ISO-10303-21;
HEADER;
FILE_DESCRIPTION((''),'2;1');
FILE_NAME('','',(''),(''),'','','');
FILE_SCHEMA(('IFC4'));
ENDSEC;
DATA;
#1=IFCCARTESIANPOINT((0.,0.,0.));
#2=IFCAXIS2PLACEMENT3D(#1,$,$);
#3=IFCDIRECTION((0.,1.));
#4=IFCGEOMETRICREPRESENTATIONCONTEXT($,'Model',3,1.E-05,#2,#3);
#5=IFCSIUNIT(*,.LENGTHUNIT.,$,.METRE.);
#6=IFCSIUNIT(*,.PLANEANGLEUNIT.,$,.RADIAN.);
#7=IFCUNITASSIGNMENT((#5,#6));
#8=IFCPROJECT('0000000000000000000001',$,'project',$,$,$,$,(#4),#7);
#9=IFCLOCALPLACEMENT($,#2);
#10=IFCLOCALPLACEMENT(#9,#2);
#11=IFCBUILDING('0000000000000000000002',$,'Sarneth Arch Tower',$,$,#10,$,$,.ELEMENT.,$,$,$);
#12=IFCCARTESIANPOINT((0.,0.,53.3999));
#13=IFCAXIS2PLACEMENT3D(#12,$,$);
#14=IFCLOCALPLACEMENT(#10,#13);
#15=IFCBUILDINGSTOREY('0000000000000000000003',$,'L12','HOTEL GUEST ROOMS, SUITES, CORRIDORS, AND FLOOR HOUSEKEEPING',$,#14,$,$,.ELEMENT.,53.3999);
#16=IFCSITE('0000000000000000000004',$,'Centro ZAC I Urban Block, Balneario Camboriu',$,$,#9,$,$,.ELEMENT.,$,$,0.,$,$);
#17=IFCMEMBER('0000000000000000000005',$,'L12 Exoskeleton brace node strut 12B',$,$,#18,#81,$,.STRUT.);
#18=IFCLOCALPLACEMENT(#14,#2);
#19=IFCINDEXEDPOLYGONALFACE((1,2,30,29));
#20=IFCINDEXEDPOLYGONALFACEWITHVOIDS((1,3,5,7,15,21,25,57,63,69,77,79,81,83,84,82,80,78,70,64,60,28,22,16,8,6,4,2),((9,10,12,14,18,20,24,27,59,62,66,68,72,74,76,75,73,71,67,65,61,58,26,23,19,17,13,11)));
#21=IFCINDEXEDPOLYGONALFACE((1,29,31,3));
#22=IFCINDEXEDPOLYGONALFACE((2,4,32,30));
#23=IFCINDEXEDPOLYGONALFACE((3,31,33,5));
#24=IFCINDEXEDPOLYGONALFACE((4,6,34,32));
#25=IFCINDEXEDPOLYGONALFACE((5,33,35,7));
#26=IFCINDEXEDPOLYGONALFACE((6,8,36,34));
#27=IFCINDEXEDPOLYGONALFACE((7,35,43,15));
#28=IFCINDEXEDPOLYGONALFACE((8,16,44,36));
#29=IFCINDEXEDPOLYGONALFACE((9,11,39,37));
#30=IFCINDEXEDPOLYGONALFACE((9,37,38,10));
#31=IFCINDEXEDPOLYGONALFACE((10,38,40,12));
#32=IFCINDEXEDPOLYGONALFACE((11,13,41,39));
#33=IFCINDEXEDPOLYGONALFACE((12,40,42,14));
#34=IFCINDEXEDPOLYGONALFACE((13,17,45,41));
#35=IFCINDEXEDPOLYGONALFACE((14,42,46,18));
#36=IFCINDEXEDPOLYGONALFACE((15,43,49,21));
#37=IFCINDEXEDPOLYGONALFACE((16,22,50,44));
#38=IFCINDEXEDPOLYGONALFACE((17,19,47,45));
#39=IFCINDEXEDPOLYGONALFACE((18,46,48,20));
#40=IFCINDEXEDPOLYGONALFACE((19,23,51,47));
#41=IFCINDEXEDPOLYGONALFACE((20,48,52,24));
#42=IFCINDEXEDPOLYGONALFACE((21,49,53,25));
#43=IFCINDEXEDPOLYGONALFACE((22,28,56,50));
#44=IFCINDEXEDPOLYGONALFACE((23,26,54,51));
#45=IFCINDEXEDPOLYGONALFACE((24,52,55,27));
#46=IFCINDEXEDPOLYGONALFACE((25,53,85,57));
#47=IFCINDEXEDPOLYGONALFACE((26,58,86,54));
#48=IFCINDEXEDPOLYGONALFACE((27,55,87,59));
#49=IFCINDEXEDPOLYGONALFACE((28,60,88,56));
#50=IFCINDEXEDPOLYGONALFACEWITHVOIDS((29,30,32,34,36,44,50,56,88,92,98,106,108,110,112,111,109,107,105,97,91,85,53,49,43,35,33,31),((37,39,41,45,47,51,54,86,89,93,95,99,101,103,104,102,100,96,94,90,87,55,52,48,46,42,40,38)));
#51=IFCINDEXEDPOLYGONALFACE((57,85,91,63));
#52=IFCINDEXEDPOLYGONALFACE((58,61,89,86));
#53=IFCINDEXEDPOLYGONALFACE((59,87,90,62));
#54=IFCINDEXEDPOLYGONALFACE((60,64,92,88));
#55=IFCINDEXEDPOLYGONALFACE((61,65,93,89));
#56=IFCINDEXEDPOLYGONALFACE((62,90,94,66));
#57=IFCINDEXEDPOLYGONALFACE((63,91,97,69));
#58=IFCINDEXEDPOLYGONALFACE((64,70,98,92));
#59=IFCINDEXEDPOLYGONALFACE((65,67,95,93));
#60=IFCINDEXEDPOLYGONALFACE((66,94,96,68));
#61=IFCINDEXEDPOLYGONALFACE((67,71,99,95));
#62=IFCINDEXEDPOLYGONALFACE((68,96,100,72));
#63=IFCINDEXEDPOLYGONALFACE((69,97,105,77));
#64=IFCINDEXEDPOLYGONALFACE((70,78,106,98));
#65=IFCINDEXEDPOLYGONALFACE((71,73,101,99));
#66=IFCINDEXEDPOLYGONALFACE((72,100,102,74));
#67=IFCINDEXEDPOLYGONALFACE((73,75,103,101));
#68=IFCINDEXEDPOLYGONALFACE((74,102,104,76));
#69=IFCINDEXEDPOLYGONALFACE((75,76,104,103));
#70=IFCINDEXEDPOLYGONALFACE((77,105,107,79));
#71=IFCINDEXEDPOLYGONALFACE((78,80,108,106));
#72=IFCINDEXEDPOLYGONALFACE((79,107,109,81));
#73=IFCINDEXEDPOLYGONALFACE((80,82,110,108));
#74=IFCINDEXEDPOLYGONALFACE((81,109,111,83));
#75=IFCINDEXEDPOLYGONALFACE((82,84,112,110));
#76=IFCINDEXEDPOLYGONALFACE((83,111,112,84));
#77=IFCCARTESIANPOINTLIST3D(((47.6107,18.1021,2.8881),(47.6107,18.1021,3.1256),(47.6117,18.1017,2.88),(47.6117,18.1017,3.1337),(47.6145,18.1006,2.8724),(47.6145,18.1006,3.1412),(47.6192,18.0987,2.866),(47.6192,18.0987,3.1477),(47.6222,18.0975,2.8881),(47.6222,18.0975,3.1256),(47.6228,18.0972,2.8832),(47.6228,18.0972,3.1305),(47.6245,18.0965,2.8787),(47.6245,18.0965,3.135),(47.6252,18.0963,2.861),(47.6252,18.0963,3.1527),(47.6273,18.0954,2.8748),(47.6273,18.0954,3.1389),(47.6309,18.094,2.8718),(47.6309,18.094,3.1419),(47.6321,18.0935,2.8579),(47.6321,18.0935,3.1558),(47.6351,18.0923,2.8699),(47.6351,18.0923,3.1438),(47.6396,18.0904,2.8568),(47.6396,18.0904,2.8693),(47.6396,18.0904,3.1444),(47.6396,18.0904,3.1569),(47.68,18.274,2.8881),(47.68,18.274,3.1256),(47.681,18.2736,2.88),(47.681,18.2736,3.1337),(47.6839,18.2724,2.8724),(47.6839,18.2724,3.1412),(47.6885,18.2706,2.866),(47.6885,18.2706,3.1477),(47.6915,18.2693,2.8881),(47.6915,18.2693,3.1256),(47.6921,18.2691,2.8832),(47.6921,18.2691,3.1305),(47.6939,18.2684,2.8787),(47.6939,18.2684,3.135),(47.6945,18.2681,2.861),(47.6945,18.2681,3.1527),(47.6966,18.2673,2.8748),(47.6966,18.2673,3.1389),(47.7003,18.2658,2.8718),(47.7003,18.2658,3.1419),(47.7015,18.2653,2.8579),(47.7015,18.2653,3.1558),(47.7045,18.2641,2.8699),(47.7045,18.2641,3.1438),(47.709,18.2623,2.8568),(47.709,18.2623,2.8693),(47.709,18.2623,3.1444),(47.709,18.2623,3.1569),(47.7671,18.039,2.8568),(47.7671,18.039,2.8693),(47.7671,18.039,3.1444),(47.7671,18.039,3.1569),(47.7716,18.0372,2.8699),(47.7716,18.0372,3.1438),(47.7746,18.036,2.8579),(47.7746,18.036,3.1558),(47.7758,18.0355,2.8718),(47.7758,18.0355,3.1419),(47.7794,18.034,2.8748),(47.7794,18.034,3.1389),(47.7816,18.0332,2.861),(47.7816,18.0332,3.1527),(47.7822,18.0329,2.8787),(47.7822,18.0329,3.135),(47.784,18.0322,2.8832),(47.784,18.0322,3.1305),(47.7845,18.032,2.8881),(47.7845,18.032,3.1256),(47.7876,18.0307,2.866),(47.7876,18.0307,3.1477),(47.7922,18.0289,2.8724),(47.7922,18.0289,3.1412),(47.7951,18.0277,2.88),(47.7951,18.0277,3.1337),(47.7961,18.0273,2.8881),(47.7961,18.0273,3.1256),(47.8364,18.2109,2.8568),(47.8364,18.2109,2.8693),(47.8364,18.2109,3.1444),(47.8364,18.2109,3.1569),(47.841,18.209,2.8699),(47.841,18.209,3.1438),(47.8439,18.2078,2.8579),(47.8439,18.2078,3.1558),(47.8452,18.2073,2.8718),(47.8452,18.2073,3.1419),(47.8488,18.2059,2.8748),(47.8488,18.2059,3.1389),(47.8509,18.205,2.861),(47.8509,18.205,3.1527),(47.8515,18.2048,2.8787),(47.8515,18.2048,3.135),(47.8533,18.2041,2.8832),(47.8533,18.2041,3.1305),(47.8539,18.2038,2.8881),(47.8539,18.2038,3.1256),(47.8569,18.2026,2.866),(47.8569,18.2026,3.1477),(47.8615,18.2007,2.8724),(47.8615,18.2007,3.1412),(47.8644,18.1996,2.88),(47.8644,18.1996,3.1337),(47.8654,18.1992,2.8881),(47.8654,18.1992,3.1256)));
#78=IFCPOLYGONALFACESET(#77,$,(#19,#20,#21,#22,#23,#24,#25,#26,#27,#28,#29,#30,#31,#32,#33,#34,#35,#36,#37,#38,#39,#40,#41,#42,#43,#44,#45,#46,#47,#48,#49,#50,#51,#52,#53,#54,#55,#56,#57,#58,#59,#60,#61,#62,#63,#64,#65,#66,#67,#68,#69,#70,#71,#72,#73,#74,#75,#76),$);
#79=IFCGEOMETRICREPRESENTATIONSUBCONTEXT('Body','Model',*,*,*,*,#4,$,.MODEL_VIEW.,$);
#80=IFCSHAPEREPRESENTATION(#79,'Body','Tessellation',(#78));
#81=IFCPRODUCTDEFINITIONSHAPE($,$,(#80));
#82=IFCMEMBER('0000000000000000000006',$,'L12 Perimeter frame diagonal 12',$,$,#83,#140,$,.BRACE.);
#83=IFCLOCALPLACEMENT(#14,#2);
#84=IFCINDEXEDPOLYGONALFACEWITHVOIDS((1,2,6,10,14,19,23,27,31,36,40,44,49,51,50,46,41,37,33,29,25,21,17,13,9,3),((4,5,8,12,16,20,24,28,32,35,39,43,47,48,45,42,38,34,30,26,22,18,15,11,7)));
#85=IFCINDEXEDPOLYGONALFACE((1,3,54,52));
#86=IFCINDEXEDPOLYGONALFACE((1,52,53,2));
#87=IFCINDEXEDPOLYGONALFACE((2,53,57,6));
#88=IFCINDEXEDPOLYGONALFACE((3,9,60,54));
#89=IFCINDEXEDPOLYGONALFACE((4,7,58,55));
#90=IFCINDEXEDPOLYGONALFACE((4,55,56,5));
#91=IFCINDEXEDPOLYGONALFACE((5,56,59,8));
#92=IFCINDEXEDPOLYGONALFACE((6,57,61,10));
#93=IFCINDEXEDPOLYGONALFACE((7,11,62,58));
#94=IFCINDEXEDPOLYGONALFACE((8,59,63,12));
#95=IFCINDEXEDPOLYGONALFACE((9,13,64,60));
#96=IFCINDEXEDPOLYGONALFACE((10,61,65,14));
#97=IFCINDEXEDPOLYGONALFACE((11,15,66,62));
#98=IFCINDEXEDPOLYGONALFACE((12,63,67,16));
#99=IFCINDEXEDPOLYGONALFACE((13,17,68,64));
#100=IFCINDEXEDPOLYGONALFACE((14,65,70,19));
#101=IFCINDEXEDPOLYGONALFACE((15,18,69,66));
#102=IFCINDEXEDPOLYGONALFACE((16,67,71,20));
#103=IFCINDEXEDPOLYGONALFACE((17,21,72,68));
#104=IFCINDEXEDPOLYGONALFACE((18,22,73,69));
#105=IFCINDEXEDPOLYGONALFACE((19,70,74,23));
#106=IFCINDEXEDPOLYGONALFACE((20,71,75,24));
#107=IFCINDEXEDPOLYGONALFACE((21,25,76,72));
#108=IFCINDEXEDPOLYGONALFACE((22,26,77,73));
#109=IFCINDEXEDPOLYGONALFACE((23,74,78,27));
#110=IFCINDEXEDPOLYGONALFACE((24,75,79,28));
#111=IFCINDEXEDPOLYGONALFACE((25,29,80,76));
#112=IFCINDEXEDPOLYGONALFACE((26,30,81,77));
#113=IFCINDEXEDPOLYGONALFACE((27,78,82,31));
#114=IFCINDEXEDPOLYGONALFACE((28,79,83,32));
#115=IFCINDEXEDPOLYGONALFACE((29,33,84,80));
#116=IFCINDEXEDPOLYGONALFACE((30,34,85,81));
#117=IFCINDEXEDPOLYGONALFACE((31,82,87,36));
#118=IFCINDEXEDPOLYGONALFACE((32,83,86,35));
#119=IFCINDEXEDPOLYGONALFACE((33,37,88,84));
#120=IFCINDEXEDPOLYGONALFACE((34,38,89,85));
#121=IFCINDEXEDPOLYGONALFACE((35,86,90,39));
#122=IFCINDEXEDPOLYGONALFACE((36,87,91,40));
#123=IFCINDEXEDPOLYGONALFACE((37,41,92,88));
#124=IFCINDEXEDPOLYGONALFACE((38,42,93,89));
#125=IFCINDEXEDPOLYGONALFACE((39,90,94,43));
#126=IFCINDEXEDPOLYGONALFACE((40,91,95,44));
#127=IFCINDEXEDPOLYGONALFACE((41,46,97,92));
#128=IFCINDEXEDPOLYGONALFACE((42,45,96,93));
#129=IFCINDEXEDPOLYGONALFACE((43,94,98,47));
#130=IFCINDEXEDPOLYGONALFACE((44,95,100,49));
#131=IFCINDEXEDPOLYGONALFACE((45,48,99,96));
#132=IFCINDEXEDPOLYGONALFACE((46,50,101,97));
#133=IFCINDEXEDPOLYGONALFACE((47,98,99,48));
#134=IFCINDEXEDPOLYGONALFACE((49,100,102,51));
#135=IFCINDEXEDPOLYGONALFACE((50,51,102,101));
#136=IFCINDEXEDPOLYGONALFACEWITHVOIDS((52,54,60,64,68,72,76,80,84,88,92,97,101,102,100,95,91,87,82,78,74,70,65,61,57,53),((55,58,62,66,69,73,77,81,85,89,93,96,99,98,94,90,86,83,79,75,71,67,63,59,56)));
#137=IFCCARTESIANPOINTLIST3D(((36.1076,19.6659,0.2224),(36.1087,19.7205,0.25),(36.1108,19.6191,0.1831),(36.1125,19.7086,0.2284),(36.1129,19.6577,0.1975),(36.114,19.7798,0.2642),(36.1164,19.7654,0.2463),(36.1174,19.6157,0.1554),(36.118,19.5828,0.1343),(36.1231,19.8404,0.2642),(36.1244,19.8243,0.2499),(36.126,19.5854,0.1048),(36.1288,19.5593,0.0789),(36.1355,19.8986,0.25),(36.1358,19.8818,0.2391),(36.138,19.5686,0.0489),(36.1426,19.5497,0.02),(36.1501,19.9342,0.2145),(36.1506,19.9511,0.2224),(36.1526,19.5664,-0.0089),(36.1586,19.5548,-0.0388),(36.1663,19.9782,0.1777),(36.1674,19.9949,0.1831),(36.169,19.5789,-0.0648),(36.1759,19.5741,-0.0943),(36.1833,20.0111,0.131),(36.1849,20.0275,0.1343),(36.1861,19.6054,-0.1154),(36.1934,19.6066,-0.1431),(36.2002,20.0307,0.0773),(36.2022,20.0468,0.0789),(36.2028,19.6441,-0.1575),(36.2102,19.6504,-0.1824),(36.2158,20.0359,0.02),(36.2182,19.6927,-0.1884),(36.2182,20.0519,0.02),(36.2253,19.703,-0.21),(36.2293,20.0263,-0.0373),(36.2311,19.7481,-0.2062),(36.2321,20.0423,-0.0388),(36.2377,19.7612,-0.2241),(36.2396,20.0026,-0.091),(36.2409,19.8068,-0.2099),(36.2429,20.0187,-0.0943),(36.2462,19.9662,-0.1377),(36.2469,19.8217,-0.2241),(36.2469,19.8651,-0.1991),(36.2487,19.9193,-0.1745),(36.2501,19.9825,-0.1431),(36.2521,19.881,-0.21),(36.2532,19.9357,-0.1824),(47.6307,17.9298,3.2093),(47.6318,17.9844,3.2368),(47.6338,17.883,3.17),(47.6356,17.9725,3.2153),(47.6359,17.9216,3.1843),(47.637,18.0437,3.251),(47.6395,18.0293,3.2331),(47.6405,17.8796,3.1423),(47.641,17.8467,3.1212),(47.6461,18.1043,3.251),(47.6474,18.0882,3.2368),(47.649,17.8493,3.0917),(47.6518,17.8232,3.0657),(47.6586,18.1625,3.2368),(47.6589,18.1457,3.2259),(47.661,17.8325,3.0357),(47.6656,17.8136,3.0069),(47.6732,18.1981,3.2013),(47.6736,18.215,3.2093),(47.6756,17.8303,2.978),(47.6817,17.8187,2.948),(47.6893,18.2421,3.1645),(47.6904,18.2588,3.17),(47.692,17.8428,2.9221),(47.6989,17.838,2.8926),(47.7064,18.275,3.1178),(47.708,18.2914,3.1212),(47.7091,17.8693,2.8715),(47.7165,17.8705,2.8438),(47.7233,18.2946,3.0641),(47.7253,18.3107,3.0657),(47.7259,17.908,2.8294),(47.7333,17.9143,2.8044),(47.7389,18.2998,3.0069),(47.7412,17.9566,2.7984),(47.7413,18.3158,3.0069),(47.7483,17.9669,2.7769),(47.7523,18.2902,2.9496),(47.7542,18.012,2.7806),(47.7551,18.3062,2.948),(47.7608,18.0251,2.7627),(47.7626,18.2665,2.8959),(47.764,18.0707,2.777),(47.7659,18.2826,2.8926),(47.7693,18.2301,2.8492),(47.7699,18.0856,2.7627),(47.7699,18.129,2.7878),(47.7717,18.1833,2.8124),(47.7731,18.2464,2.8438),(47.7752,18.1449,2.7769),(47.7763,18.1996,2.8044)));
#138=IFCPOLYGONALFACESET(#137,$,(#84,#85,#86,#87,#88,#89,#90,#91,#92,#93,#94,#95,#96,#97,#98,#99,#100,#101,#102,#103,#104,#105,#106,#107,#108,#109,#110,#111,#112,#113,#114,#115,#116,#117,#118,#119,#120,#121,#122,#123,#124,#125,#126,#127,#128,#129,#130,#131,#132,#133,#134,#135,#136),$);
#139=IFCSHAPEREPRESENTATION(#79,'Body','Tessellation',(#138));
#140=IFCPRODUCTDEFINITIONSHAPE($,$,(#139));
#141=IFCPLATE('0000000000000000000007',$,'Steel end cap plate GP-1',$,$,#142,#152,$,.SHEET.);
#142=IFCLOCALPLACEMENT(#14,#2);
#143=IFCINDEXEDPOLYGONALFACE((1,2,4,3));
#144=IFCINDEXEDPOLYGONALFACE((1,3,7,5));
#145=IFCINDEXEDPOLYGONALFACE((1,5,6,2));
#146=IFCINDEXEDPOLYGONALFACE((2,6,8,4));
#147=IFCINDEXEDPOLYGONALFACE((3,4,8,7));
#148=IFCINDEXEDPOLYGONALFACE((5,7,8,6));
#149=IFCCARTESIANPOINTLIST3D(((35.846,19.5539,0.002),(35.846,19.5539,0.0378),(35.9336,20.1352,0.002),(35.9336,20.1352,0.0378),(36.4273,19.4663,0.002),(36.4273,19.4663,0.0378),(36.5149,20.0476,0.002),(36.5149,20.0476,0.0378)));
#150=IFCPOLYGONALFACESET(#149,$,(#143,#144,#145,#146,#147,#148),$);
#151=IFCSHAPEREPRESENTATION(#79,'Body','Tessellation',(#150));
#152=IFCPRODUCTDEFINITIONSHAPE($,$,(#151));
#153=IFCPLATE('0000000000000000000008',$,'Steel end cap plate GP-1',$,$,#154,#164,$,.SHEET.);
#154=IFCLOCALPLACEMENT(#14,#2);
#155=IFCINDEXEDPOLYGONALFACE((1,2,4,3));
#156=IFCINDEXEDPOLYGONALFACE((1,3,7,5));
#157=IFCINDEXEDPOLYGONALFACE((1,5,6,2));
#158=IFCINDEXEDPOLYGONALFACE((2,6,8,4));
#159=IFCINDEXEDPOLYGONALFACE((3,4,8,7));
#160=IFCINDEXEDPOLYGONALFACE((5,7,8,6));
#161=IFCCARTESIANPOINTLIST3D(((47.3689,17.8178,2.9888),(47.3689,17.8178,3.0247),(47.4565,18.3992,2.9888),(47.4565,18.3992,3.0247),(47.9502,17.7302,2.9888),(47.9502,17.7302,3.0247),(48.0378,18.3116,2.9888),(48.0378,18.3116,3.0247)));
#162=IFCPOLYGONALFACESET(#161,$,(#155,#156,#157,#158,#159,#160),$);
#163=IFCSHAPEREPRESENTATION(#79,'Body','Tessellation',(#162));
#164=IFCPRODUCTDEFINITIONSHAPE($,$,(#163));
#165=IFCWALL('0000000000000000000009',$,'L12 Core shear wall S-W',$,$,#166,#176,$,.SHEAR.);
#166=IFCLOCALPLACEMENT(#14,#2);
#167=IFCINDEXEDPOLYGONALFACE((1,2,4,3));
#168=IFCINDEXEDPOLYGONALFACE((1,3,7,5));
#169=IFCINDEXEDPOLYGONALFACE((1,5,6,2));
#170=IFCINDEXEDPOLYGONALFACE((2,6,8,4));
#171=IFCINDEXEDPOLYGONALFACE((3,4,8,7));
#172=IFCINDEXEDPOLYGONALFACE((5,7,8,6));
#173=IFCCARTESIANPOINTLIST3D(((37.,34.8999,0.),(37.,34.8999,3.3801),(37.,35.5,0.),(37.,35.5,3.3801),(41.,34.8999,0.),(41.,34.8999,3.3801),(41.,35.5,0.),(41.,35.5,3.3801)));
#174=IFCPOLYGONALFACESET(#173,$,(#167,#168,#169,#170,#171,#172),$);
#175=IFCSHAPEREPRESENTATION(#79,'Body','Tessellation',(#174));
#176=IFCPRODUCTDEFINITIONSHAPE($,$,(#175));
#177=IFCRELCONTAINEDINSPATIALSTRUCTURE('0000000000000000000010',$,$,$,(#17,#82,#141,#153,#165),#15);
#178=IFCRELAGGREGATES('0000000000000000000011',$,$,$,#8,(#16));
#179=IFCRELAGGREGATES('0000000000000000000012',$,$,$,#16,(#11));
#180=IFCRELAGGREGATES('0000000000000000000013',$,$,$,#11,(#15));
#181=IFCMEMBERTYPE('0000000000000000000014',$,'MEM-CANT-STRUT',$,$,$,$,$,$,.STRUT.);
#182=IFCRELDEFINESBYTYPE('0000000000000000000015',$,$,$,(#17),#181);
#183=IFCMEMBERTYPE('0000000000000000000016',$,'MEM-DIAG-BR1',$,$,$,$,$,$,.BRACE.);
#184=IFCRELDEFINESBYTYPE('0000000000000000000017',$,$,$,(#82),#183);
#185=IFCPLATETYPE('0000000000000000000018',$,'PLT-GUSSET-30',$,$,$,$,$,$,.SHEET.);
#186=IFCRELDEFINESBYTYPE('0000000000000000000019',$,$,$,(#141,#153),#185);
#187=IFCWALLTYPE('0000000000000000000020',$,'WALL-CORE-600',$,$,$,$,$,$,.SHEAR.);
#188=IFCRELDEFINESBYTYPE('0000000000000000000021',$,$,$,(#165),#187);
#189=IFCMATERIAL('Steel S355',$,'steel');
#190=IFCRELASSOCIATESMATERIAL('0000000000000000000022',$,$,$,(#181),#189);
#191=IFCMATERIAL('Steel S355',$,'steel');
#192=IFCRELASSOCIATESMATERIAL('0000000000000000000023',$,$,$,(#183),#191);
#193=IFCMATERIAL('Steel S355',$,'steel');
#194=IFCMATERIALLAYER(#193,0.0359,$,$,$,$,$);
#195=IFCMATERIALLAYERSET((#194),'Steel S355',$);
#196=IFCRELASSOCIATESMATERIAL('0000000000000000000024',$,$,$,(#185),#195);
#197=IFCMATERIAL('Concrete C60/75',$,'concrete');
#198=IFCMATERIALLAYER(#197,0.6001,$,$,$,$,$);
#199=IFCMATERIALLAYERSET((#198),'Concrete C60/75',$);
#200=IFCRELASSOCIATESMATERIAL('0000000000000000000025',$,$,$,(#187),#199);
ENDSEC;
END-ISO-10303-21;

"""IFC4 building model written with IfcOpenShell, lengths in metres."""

from ifc_helpers import new_model, si_unit, direction, frame, frame_2d, origin, origin_2d, place, context, subcontext, project, spatial, rectangle, hollow_rectangle, hollow_circle, extrude, material, layer, layer_set, material_profile, profile_set, type_object, element, save


model = new_model("IFC4")

# Units and contexts
model_context = context("Model", 3, precision=1e-05, world=origin(), true_north=direction((0.0, 1.0)))
body_context = subcontext(model_context, "Body", "Model", "MODEL_VIEW")
ifc_project = project(units=[si_unit("LENGTHUNIT", "METRE"), si_unit("PLANEANGLEUNIT", "RADIAN")], contexts=[model_context])

# Site, building, storey
site_placement = place(None, origin())
site = spatial("IfcSite", under=ifc_project, at=site_placement, Name="Centro ZAC I Urban Block, Balneario Camboriu", CompositionType="ELEMENT", RefElevation=0.0)
building_placement = place(site_placement, origin())
building = spatial("IfcBuilding", under=site, at=building_placement, Name="Sarneth Arch Tower", CompositionType="ELEMENT")
storey_placement = place(building_placement, frame((0.0, 0.0, 53.3999)))
storey = spatial("IfcBuildingStorey", under=building, at=storey_placement, Name="L12", Description="HOTEL GUEST ROOMS, SUITES, CORRIDORS, AND FLOOR HOUSEKEEPING", CompositionType="ELEMENT", Elevation=53.3999)

# Members
ifc_material_1 = material(Name="Steel S355", Category="steel")
ifc_material_profile_1 = material_profile(ifc_material_1, hollow_rectangle(XDim=0.2, YDim=0.3, WallThickness=0.0125, InnerFilletRadius=0.0188, OuterFilletRadius=0.0312, at=origin_2d()), Name="RHS300x200x12.5")
ifc_profile_set_1 = profile_set([ifc_material_profile_1], Name="Steel S355")
member_type_1 = type_object("IfcMemberType", Name="MEM-CANT-STRUT", PredefinedType="STRUT", material=ifc_profile_set_1)
member_1_placement = place(storey_placement, frame((47.7727, 18.2366, 3.0068), z_axis=(-0.374115, -0.927383, 0.0), x_axis=(0.927383, -0.374115, 0.0)))
element("IfcMember", 1, at=member_1_placement, inside=storey, type_object=member_type_1, Name="L12 Exoskeleton brace node strut 12B", PredefinedType="STRUT", context=body_context, shape_type="SweptSolid", body=[
    extrude(hollow_rectangle(XDim=0.2, YDim=0.3, WallThickness=0.0125, InnerFilletRadius=0.0188, OuterFilletRadius=0.0312, at=origin_2d()), origin(), (0.0, 0.0, 1.0), 0.1853),
])
ifc_material_2 = material(Name="Steel S355", Category="steel")
ifc_material_profile_2 = material_profile(ifc_material_2, hollow_circle(Radius=0.2539, WallThickness=0.0161, at=origin_2d()), Name="CHS508x16")
ifc_profile_set_2 = profile_set([ifc_material_profile_2], Name="Steel S355")
member_type_2 = type_object("IfcMemberType", Name="MEM-DIAG-BR1", PredefinedType="BRACE", material=ifc_profile_set_2)
member_2_placement = place(storey_placement, frame((36.1804, 19.8008, 0.02), z_axis=(0.957876, -0.144317, 0.248287), x_axis=(0.148982, 0.98884, 0.0)))
element("IfcMember", 2, at=member_2_placement, inside=storey, type_object=member_type_2, Name="L12 Perimeter frame diagonal 12", PredefinedType="BRACE", context=body_context, shape_type="SweptSolid", body=[
    extrude(hollow_circle(Radius=0.2539, WallThickness=0.0161, at=origin_2d()), origin(), (0.0, 0.0, 1.0), 12.0298),
])

# Plates
ifc_material_3 = material(Name="Steel S355", Category="steel")
ifc_layer_1 = layer(ifc_material_3, 0.0359)
ifc_layer_set_1 = layer_set([ifc_layer_1], Name="Steel S355")
plate_type = type_object("IfcPlateType", Name="PLT-GUSSET-30", PredefinedType="SHEET", material=ifc_layer_set_1)
for number, where, z_axis, x_axis, name in (
    (3, (36.1804, 19.8008, 0.002), (0.0, 0.0, 1.0), (0.988835, -0.149018, 0.0), "Steel end cap plate GP-1"),
    (4, (47.7034, 18.0647, 2.9888), (0.0, 0.0, 1.0), (0.988835, -0.149018, 0.0), "Steel end cap plate GP-1"),
):
    element("IfcPlate", number, at=place(storey_placement, frame(where, z_axis=z_axis, x_axis=x_axis)), inside=storey, type_object=plate_type, Name=name, PredefinedType="SHEET", context=body_context, shape_type="SweptSolid", body=[
        extrude(rectangle(XDim=0.5879, YDim=0.5879, at=origin_2d()), origin(), (0.0, 0.0, 1.0), 0.0359),
    ])

# Wall
ifc_material_4 = material(Name="Concrete C60/75", Category="concrete")
ifc_layer_2 = layer(ifc_material_4, 0.6001)
ifc_layer_set_2 = layer_set([ifc_layer_2], Name="Concrete C60/75")
wall_type_1 = type_object("IfcWallType", Name="WALL-CORE-600", PredefinedType="SHEAR", material=ifc_layer_set_2)
wall_1_placement = place(storey_placement, frame((37.0, 35.2, 0.0), z_axis=(0.0, 0.0, 1.0), x_axis=(1.0, 0.0, 0.0)))
element("IfcWall", 5, at=wall_1_placement, inside=storey, type_object=wall_type_1, Name="L12 Core shear wall S-W", PredefinedType="SHEAR", context=body_context, shape_type="SweptSolid", body=[
    extrude(rectangle(XDim=4.0, YDim=0.6001, at=frame_2d((2.0, 0.0))), origin(), (0.0, 0.0, 1.0), 3.3801),
])

save(model, "model.ifc")
